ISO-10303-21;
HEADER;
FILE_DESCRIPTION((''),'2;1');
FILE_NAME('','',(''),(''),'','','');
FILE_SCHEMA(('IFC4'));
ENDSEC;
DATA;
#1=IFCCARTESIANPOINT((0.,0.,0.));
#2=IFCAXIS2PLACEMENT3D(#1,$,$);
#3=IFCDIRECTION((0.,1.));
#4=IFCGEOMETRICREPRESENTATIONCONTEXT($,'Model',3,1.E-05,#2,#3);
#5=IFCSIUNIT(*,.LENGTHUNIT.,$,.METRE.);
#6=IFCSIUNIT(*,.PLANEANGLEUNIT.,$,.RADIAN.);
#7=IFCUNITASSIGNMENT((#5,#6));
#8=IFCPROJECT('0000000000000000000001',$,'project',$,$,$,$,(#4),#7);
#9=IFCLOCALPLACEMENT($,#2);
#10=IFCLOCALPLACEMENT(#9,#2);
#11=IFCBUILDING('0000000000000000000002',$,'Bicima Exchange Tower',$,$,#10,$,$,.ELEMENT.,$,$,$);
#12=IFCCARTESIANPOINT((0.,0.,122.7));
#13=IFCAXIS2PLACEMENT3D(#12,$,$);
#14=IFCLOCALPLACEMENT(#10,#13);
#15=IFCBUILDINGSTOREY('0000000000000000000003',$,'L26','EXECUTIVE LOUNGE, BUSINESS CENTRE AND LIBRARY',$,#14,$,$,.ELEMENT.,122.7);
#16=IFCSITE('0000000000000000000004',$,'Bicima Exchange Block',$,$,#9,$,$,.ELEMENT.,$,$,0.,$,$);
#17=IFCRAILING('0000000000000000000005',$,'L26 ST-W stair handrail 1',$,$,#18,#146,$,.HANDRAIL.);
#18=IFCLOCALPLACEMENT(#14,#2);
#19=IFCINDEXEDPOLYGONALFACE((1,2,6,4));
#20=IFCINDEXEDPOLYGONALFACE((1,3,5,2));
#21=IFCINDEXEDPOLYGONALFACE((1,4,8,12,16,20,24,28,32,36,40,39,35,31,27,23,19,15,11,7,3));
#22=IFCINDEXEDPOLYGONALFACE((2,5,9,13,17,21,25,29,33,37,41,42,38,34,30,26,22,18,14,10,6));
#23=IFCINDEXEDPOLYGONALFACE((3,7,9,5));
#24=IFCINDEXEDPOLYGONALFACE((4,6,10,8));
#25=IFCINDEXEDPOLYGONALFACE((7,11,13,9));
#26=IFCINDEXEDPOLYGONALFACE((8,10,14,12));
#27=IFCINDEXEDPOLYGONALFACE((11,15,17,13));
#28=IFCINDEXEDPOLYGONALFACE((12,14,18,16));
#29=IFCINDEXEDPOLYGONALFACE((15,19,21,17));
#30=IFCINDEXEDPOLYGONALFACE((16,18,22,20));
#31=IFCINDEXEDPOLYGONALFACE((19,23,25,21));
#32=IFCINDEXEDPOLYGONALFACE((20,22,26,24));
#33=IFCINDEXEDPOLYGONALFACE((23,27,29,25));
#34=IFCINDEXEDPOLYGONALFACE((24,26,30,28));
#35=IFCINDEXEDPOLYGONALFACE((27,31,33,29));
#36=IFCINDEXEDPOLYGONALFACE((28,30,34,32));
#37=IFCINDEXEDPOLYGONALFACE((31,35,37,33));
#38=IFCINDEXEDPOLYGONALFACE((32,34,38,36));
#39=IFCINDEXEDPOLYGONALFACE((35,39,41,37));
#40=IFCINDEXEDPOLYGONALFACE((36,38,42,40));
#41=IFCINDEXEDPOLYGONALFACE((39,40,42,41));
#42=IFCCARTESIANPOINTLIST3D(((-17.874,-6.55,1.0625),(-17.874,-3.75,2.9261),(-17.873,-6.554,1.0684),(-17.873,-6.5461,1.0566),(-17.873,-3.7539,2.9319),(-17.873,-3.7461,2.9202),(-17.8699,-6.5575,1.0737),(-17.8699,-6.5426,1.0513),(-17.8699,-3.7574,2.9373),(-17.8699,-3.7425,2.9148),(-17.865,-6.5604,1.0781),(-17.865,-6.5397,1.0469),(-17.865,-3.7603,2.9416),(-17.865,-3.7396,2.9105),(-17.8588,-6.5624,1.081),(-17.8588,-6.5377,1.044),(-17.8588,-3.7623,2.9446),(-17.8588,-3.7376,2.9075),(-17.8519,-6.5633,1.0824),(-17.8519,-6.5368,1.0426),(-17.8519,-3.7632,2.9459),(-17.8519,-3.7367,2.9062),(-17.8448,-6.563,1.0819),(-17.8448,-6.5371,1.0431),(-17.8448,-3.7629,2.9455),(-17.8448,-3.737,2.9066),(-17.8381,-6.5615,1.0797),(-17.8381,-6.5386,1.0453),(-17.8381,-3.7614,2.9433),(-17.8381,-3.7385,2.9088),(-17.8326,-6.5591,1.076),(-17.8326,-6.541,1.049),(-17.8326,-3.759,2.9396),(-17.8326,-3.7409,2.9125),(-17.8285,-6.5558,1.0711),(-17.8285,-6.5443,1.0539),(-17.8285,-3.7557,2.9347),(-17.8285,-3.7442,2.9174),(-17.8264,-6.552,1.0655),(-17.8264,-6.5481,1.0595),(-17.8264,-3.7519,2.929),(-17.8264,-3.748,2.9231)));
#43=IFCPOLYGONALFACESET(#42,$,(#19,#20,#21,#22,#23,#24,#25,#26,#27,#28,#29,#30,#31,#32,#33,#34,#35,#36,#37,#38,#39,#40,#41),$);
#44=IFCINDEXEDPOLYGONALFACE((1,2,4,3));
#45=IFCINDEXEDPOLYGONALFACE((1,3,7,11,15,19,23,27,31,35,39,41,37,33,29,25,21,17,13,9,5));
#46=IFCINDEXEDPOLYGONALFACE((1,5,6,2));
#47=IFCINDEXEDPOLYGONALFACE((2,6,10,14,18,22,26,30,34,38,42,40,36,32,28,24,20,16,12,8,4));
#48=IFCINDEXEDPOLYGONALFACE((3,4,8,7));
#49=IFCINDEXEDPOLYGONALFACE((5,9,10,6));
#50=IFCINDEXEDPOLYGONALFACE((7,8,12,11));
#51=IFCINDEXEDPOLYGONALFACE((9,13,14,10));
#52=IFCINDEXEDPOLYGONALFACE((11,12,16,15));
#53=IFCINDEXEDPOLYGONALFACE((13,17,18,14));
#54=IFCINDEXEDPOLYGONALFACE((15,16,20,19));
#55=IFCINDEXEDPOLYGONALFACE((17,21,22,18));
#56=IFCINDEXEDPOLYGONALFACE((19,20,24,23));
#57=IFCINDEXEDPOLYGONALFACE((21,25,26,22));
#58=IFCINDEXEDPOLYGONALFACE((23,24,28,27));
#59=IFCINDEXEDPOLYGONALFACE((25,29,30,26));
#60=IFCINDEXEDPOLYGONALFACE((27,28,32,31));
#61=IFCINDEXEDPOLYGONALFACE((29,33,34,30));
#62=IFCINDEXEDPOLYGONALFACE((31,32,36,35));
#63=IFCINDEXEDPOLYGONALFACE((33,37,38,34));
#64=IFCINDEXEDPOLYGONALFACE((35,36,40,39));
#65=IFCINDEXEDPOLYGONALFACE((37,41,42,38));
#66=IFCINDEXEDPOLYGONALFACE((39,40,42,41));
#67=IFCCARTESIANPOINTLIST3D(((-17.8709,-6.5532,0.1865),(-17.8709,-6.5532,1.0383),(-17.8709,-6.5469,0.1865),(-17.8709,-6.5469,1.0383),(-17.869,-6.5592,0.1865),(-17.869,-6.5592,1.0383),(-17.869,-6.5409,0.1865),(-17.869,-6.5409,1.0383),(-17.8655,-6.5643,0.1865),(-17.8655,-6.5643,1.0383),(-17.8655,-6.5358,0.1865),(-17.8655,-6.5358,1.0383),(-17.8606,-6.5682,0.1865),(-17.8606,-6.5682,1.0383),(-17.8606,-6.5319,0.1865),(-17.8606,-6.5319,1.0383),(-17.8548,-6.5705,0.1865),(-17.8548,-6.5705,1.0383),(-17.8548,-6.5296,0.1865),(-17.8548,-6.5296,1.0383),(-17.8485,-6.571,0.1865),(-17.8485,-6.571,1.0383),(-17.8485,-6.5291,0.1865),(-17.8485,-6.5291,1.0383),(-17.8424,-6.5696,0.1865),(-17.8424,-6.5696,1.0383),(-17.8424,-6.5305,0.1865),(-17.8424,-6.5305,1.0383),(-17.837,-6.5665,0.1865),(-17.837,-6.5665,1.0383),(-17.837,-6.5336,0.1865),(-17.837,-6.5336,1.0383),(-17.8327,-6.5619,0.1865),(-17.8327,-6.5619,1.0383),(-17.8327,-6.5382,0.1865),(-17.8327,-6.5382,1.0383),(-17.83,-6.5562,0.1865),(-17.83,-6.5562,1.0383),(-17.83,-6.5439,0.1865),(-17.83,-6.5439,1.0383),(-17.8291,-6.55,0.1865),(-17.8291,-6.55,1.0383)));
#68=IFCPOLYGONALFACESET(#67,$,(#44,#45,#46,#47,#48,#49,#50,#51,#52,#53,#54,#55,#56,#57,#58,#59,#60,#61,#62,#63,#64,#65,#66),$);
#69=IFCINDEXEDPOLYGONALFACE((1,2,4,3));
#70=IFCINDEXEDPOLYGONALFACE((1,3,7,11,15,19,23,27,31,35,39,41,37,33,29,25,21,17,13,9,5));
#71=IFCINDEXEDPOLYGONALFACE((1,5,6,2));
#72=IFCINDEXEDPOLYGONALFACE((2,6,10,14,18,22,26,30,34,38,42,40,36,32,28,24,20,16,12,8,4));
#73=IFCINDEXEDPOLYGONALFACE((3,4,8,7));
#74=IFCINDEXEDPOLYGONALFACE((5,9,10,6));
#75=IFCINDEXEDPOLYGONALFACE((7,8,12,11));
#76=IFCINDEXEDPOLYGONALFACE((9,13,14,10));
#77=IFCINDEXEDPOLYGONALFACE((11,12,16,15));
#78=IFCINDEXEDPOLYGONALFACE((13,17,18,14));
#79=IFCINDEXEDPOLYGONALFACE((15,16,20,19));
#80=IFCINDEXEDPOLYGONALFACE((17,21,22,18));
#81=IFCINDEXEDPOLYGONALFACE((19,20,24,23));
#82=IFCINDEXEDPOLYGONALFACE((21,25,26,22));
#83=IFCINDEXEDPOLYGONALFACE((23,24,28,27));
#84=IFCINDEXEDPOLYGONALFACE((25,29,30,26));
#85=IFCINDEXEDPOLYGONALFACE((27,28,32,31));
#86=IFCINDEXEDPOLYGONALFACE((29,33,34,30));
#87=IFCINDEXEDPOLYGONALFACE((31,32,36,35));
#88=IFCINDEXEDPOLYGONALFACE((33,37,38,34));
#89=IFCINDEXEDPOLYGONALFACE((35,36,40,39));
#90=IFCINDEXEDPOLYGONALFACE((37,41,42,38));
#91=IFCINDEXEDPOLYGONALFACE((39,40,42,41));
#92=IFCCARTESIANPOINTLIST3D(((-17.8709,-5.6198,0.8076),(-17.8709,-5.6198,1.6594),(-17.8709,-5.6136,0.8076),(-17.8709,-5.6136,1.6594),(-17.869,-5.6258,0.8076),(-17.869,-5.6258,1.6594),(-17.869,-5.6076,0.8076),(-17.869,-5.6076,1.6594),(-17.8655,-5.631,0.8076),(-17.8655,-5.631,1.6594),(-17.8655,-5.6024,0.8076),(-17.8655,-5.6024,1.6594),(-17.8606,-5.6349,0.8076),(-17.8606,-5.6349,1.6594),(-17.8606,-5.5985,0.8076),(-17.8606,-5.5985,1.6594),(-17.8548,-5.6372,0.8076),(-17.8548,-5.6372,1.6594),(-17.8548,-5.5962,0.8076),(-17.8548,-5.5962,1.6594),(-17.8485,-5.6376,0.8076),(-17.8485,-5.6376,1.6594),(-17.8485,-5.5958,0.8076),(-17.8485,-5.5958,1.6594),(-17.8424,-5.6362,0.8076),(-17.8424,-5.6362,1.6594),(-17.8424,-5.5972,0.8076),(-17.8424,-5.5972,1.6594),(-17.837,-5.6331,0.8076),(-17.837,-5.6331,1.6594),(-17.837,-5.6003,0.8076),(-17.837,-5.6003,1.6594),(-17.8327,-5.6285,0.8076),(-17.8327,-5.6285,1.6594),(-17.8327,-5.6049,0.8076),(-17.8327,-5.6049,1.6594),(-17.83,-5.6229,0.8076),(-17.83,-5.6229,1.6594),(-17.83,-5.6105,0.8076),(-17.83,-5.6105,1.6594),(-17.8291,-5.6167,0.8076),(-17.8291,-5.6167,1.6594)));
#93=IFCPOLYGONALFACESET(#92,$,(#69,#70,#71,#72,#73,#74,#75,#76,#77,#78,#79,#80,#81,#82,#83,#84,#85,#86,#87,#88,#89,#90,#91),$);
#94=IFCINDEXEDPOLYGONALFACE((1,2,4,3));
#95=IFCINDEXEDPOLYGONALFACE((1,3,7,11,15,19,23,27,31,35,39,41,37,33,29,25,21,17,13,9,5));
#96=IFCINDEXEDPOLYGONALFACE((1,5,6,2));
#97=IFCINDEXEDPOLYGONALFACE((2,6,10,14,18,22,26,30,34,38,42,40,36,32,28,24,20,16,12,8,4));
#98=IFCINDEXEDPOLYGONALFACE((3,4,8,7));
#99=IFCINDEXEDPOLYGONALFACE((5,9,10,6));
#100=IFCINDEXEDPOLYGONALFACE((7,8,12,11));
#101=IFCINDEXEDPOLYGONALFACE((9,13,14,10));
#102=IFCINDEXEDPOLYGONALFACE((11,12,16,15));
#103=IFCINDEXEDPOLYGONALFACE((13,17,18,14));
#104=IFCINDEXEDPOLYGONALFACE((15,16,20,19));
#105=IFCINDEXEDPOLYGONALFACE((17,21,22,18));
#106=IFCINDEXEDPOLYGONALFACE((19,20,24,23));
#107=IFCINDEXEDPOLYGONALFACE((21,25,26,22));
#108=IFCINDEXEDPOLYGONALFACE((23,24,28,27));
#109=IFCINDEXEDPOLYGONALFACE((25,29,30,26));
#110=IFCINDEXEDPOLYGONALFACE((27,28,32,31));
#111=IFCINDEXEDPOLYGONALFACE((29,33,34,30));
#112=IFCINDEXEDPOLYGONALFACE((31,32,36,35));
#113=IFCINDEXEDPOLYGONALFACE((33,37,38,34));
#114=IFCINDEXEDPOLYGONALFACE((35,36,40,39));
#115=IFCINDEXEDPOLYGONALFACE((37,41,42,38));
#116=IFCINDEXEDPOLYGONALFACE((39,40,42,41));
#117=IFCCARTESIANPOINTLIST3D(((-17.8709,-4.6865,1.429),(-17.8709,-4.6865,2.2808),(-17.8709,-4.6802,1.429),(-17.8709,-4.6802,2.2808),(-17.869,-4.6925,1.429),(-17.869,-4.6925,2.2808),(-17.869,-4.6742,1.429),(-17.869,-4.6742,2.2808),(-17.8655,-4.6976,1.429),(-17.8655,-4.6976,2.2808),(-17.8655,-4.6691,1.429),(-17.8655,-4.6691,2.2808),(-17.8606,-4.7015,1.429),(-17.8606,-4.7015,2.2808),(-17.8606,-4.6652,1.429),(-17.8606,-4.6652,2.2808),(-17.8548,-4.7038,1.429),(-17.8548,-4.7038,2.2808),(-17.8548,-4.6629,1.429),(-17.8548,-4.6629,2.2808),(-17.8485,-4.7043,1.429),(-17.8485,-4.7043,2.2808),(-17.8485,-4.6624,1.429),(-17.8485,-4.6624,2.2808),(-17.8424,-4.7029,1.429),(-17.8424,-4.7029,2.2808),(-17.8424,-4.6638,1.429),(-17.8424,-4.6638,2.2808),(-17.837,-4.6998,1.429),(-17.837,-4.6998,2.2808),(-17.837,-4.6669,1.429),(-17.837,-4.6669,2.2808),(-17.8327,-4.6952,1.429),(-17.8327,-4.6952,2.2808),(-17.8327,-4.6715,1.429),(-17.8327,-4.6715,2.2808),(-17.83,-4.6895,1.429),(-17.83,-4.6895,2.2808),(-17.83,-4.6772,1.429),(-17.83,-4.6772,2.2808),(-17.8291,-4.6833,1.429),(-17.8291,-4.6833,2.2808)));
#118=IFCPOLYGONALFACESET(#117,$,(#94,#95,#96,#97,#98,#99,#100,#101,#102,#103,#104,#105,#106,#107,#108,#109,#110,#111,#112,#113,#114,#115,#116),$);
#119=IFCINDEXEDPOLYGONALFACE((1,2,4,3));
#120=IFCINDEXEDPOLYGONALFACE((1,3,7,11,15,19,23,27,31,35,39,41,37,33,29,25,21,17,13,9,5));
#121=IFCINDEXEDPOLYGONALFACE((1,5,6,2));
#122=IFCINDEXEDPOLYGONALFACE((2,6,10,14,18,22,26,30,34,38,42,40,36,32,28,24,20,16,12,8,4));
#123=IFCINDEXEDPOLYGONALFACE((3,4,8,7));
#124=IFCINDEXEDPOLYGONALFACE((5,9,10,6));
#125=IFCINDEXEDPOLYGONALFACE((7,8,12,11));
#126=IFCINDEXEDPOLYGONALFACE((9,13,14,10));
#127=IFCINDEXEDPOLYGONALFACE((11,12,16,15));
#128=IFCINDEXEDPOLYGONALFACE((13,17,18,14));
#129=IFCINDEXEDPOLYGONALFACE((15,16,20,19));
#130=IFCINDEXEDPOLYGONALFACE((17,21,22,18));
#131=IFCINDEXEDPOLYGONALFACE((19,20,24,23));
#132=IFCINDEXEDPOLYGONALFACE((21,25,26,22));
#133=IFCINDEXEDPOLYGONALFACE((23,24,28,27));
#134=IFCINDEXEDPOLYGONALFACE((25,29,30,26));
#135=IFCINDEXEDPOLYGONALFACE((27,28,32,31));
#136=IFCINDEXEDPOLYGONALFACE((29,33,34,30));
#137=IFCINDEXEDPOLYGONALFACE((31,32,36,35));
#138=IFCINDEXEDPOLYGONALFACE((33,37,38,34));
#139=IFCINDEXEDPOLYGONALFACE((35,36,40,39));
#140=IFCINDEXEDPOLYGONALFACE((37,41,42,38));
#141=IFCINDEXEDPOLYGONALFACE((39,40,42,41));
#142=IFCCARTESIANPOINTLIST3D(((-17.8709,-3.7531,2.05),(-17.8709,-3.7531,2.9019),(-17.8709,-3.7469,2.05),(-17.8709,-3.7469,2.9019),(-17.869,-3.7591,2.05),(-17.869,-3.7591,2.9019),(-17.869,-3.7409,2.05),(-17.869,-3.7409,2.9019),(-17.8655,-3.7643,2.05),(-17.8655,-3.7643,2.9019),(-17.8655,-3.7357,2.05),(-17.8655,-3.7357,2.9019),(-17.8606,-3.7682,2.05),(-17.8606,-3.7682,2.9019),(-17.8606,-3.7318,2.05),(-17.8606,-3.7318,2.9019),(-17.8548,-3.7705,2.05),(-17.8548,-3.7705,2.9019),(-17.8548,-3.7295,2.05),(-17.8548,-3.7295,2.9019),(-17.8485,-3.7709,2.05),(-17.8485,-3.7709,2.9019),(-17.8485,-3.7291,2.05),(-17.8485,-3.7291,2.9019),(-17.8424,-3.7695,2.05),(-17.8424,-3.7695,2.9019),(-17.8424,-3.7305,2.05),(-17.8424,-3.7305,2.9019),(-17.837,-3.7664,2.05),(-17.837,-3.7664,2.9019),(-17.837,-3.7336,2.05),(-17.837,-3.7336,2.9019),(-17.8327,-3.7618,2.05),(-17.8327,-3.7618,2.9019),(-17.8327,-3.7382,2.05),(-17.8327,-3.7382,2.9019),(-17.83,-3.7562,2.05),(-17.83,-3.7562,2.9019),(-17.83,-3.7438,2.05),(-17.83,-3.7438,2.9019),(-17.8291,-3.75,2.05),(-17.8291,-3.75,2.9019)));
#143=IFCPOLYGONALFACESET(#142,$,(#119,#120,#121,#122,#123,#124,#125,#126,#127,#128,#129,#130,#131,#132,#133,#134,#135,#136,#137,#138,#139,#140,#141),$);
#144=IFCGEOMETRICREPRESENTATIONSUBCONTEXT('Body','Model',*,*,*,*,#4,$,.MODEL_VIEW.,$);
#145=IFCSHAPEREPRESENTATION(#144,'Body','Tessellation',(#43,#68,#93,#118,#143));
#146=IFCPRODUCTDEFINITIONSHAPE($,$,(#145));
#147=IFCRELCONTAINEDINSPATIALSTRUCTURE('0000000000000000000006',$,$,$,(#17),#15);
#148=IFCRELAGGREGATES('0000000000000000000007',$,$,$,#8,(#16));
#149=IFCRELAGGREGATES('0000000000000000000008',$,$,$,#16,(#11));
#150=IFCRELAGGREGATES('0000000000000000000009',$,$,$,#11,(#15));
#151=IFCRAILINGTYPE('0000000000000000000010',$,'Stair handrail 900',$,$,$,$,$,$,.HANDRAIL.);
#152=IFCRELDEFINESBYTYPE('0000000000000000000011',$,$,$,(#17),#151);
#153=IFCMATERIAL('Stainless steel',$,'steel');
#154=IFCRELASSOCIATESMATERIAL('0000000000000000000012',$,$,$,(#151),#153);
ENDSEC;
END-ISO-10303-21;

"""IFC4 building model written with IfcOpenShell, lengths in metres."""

from ifc_helpers import new_model, si_unit, direction, frame, origin, origin_2d, place, context, subcontext, project, spatial, circle, extrude, material, type_object, element, save


model = new_model("IFC4")

# Units and contexts
model_context = context("Model", 3, precision=1e-05, world=origin(), true_north=direction((0.0, 1.0)))
body_context = subcontext(model_context, "Body", "Model", "MODEL_VIEW")
ifc_project = project(units=[si_unit("LENGTHUNIT", "METRE"), si_unit("PLANEANGLEUNIT", "RADIAN")], contexts=[model_context])

# Site, building, storey
site_placement = place(None, origin())
site = spatial("IfcSite", under=ifc_project, at=site_placement, Name="Bicima Exchange Block", CompositionType="ELEMENT", RefElevation=0.0)
building_placement = place(site_placement, origin())
building = spatial("IfcBuilding", under=site, at=building_placement, Name="Bicima Exchange Tower", CompositionType="ELEMENT")
storey_placement = place(building_placement, frame((0.0, 0.0, 122.7)))
storey = spatial("IfcBuildingStorey", under=building, at=storey_placement, Name="L26", Description="EXECUTIVE LOUNGE, BUSINESS CENTRE AND LIBRARY", CompositionType="ELEMENT", Elevation=122.7)

# Shared definitions
ifc_material_1 = material(Name="Stainless steel", Category="steel")

# Railing
railing_type_1 = type_object("IfcRailingType", Name="Stair handrail 900", PredefinedType="HANDRAIL", material=ifc_material_1)
railing_1_placement = place(storey_placement, frame((-17.8501, -6.55, 0.1865)))
element("IfcRailing", 1, at=railing_1_placement, inside=storey, type_object=railing_type_1, Name="L26 ST-W stair handrail 1", PredefinedType="HANDRAIL", context=body_context, shape_type="SweptSolid", body=[
    extrude(circle(Radius=0.0239, at=origin_2d()), frame((0.0, 0.0, 0.876), z_axis=(0.0, 0.832486, 0.554047), x_axis=(-1.0, 0.0, 0.0)), (0.0, 0.0, 1.0), 3.3635),
    extrude(circle(Radius=0.021, at=origin_2d()), origin(), (0.0, 0.0, 1.0), 0.8518),
    extrude(circle(Radius=0.021, at=origin_2d()), frame((0.0, 0.9333, 0.6211)), (0.0, 0.0, 1.0), 0.8518),
    extrude(circle(Radius=0.021, at=origin_2d()), frame((0.0, 1.8667, 1.2424)), (0.0, 0.0, 1.0), 0.8518),
    extrude(circle(Radius=0.021, at=origin_2d()), frame((0.0, 2.8, 1.8635)), (0.0, 0.0, 1.0), 0.8518),
])

save(model, "model.ifc")
